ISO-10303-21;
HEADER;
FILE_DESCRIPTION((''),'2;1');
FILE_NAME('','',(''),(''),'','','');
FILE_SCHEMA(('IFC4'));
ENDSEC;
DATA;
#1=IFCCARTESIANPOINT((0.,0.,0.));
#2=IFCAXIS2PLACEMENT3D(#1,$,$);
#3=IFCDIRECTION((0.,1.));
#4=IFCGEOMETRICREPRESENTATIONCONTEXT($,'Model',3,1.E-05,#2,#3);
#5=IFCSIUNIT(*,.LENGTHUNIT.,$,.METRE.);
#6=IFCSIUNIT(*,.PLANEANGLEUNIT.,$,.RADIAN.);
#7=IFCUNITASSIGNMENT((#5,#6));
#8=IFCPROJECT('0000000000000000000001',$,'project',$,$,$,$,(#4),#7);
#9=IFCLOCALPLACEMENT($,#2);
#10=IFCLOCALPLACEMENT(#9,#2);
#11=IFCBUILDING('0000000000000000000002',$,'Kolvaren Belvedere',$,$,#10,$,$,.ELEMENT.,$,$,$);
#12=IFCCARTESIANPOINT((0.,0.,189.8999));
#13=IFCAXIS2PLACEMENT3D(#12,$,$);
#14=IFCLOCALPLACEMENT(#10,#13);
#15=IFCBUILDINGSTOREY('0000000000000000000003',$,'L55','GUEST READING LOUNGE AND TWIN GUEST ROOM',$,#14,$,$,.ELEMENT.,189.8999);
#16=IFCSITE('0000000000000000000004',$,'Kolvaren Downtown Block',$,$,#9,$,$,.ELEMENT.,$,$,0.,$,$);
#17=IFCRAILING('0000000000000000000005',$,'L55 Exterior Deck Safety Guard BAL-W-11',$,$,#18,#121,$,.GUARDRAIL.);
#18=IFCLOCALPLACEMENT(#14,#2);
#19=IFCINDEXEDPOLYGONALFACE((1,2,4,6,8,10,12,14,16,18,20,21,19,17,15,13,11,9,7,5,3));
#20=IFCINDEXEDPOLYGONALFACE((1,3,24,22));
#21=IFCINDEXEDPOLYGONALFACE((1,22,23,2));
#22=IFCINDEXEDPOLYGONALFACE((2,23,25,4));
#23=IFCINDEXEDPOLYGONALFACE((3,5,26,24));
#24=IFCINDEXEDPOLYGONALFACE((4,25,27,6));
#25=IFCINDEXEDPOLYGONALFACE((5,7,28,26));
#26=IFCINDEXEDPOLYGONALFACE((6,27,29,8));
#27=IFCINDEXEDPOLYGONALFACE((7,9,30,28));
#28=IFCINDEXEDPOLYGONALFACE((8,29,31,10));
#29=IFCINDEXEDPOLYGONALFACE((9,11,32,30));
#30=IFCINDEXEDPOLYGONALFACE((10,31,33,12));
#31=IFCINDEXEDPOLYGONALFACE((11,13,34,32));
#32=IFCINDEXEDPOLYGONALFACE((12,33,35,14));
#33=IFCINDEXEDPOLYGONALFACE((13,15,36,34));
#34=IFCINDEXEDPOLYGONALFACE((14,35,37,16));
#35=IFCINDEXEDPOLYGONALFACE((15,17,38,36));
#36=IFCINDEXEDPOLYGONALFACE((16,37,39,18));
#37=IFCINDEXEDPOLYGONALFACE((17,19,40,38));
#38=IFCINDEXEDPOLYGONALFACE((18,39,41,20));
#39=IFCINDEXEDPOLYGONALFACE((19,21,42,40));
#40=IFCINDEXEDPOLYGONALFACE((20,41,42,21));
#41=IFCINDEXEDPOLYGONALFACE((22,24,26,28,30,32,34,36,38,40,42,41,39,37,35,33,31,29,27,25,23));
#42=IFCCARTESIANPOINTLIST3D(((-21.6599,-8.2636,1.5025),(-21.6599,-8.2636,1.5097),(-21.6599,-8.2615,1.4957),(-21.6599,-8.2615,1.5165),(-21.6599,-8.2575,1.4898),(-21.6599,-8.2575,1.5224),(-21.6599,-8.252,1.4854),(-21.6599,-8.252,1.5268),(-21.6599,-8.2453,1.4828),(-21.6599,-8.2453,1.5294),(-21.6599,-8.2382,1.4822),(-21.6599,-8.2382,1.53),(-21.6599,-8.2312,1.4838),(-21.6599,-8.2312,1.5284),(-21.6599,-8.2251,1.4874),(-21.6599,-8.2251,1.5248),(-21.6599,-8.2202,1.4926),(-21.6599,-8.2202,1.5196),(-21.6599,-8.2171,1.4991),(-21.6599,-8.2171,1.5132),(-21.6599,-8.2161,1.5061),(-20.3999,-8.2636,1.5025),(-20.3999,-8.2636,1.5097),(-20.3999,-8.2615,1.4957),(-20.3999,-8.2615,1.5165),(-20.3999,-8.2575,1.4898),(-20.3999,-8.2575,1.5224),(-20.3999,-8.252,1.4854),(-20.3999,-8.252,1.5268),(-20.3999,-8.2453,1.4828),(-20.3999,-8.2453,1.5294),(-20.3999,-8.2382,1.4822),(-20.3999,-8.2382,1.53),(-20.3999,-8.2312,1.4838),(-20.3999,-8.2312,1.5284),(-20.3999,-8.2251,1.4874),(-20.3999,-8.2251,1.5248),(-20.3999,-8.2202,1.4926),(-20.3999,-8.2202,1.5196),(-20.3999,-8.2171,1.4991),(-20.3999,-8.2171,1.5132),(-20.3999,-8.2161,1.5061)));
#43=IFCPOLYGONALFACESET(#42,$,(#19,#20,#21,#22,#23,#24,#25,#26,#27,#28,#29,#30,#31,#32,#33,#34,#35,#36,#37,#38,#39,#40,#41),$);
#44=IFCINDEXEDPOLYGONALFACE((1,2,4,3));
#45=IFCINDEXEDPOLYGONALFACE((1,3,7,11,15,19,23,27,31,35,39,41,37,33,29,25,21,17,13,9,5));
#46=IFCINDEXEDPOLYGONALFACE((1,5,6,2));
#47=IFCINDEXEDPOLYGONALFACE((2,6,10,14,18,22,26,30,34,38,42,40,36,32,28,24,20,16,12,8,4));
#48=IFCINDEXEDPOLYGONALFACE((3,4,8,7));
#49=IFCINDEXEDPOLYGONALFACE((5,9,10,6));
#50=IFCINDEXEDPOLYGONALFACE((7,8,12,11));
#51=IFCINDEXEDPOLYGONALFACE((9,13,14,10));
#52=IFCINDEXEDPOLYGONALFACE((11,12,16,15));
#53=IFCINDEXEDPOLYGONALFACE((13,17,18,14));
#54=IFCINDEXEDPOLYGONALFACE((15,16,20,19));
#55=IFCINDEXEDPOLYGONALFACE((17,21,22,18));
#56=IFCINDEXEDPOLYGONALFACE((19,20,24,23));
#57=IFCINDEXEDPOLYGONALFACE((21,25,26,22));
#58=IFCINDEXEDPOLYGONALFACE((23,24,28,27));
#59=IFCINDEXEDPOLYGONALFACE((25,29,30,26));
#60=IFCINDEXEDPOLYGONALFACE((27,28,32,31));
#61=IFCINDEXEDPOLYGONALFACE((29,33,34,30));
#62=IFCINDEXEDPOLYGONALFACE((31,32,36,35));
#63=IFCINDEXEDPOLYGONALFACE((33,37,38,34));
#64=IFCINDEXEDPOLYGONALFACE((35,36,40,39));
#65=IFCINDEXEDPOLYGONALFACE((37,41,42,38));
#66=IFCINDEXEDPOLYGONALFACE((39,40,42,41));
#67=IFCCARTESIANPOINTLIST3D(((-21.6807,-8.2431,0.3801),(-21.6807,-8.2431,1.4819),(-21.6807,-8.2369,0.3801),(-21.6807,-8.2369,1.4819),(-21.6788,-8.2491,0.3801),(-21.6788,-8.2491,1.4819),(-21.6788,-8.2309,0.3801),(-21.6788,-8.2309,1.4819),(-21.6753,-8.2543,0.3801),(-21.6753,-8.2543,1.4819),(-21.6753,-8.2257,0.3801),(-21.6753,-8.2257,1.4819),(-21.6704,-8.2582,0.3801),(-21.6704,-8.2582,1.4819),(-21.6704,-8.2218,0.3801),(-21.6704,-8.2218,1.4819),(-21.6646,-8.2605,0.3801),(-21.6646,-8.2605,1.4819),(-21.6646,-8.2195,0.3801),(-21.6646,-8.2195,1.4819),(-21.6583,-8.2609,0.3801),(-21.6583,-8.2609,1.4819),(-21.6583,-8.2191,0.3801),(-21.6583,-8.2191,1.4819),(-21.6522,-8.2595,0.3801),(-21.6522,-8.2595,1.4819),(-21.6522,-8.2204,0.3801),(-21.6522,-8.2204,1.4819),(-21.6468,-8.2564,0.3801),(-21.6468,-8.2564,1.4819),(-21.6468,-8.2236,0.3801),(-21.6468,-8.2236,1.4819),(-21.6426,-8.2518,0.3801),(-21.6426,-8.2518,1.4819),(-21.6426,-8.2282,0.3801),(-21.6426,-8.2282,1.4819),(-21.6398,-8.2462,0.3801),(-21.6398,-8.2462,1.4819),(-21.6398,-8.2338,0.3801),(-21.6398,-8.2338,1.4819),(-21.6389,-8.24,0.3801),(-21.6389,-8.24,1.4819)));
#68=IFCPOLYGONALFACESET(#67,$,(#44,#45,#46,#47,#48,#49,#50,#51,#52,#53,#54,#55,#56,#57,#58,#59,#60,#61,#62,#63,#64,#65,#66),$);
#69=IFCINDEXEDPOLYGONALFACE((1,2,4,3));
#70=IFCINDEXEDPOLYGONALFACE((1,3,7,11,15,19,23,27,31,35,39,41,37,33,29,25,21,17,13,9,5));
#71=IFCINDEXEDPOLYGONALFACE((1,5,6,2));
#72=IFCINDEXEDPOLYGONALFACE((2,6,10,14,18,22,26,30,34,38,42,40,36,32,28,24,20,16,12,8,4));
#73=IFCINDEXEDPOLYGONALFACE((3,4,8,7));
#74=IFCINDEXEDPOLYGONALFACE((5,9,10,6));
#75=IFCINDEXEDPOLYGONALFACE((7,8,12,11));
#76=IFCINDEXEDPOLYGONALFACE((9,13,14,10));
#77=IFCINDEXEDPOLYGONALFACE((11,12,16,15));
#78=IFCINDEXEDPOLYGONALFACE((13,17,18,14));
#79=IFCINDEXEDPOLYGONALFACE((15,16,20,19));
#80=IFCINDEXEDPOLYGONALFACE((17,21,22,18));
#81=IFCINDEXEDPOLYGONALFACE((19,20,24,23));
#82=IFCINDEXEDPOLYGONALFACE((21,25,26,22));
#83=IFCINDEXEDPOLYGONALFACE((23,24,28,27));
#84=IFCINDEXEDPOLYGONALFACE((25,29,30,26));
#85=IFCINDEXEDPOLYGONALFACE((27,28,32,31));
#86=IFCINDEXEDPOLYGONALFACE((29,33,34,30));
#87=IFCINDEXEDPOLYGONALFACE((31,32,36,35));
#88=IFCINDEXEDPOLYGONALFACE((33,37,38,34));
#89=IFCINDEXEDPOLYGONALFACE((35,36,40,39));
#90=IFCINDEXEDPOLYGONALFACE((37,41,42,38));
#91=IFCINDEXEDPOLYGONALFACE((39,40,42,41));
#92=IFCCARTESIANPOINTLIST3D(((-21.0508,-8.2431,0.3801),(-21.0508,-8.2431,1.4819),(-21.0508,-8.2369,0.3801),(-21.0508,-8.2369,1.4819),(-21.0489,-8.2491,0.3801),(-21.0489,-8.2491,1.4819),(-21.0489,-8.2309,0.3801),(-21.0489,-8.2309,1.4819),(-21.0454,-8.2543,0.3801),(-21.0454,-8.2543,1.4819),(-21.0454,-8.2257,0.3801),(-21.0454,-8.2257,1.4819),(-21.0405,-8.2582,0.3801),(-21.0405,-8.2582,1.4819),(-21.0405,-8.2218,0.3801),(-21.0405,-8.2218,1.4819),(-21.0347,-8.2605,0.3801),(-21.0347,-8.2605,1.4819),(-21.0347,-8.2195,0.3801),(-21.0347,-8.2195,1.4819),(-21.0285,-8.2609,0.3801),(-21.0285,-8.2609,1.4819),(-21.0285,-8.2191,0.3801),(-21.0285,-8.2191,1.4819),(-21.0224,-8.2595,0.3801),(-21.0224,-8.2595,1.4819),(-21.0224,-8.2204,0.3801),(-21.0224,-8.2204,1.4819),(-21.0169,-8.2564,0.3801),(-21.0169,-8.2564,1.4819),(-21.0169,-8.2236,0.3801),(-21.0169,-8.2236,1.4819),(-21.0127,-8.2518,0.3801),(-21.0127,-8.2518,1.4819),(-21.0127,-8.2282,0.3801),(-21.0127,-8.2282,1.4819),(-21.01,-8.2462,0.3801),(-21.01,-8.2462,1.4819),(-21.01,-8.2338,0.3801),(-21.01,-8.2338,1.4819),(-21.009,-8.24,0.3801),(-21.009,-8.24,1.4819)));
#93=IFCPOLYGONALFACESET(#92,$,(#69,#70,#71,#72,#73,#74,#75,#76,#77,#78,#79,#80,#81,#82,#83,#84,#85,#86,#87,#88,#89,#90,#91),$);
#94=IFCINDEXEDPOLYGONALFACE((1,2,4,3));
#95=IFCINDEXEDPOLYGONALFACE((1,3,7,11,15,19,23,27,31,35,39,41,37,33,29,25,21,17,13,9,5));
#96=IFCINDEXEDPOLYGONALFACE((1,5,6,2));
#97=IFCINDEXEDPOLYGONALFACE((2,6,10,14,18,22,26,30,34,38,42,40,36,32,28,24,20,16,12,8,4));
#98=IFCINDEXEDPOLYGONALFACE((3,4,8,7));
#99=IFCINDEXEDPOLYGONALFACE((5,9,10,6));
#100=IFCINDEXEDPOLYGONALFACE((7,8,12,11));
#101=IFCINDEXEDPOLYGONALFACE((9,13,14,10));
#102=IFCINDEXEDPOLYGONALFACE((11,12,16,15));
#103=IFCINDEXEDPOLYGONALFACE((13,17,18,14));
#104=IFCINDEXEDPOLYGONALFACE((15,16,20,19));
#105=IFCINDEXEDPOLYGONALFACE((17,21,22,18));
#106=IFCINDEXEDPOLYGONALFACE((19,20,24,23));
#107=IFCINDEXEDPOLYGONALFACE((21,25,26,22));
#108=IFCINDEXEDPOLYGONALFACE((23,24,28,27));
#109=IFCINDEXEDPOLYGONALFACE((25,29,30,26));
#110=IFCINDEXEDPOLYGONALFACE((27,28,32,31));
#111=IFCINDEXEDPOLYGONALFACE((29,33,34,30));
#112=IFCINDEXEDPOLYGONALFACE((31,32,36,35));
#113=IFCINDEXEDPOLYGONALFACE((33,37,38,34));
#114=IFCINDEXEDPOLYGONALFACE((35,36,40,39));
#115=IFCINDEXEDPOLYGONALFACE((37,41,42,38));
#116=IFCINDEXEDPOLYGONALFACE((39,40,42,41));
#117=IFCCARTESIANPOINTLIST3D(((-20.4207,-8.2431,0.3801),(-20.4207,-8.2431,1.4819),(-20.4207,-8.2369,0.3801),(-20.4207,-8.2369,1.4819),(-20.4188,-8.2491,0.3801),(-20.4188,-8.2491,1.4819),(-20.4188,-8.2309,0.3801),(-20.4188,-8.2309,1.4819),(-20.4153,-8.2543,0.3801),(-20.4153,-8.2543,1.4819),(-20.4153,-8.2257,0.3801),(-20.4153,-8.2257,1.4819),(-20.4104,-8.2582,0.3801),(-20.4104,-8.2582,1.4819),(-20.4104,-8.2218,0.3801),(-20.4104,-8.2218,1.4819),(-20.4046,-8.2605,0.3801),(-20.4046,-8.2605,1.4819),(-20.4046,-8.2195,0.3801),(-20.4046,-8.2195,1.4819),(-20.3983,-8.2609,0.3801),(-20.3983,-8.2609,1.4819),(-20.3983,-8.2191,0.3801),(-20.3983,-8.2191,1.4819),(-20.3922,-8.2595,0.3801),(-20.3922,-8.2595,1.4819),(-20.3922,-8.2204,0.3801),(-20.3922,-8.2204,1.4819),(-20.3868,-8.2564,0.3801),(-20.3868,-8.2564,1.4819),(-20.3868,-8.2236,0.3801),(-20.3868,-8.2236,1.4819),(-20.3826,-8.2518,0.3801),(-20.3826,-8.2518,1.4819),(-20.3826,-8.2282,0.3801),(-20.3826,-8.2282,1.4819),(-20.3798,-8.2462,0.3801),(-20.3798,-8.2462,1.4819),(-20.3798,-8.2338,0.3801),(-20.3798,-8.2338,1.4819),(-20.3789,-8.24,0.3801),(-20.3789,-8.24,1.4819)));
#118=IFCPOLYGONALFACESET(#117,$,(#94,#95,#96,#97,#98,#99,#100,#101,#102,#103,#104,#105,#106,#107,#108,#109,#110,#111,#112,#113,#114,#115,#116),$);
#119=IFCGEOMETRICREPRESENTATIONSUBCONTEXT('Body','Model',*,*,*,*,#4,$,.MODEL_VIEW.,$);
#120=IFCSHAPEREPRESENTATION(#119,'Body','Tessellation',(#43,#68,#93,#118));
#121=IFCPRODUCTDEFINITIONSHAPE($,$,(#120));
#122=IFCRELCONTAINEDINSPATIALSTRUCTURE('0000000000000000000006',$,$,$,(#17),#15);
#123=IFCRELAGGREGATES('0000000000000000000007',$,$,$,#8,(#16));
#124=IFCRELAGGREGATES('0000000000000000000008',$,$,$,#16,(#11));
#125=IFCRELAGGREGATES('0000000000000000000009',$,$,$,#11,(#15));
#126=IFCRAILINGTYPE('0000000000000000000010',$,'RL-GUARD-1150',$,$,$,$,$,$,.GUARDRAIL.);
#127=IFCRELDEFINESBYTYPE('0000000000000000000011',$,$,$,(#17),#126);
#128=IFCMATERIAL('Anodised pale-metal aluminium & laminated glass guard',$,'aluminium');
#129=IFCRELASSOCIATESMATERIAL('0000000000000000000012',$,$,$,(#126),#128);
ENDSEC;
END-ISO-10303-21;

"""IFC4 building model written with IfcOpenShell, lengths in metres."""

from ifc_helpers import new_model, si_unit, direction, frame, origin, origin_2d, place, context, subcontext, project, spatial, circle, extrude, material, type_object, element, save


model = new_model("IFC4")

# Units and contexts
model_context = context("Model", 3, precision=1e-05, world=origin(), true_north=direction((0.0, 1.0)))
body_context = subcontext(model_context, "Body", "Model", "MODEL_VIEW")
ifc_project = project(units=[si_unit("LENGTHUNIT", "METRE"), si_unit("PLANEANGLEUNIT", "RADIAN")], contexts=[model_context])

# Site, building, storey
site_placement = place(None, origin())
site = spatial("IfcSite", under=ifc_project, at=site_placement, Name="Kolvaren Downtown Block", CompositionType="ELEMENT", RefElevation=0.0)
building_placement = place(site_placement, origin())
building = spatial("IfcBuilding", under=site, at=building_placement, Name="Kolvaren Belvedere", CompositionType="ELEMENT")
storey_placement = place(building_placement, frame((0.0, 0.0, 189.8999)))
storey = spatial("IfcBuildingStorey", under=building, at=storey_placement, Name="L55", Description="GUEST READING LOUNGE AND TWIN GUEST ROOM", CompositionType="ELEMENT", Elevation=189.8999)

# Railing
ifc_material_1 = material(Name="Anodised pale-metal aluminium & laminated glass guard", Category="aluminium")
railing_type = type_object("IfcRailingType", Name="RL-GUARD-1150", PredefinedType="GUARDRAIL", material=ifc_material_1)
railing_1_placement = place(storey_placement, frame((-21.6599, -8.24, 0.3801)))
element("IfcRailing", 1, at=railing_1_placement, inside=storey, type_object=railing_type, Name="L55 Exterior Deck Safety Guard BAL-W-11", PredefinedType="GUARDRAIL", context=body_context, shape_type="SweptSolid", body=[
    extrude(circle(Radius=0.0239, at=origin_2d()), frame((0.0, 0.0, 1.126), z_axis=(1.0, 0.0, 0.0), x_axis=(0.0, 1.0, 0.0)), (0.0, 0.0, 1.0), 1.26),
    extrude(circle(Radius=0.021, at=origin_2d()), origin(), (0.0, 0.0, 1.0), 1.1018),
    extrude(circle(Radius=0.021, at=origin_2d()), frame((0.6299, 0.0, 0.0)), (0.0, 0.0, 1.0), 1.1018),
    extrude(circle(Radius=0.021, at=origin_2d()), frame((1.26, 0.0, 0.0)), (0.0, 0.0, 1.0), 1.1018),
])

save(model, "model.ifc")
